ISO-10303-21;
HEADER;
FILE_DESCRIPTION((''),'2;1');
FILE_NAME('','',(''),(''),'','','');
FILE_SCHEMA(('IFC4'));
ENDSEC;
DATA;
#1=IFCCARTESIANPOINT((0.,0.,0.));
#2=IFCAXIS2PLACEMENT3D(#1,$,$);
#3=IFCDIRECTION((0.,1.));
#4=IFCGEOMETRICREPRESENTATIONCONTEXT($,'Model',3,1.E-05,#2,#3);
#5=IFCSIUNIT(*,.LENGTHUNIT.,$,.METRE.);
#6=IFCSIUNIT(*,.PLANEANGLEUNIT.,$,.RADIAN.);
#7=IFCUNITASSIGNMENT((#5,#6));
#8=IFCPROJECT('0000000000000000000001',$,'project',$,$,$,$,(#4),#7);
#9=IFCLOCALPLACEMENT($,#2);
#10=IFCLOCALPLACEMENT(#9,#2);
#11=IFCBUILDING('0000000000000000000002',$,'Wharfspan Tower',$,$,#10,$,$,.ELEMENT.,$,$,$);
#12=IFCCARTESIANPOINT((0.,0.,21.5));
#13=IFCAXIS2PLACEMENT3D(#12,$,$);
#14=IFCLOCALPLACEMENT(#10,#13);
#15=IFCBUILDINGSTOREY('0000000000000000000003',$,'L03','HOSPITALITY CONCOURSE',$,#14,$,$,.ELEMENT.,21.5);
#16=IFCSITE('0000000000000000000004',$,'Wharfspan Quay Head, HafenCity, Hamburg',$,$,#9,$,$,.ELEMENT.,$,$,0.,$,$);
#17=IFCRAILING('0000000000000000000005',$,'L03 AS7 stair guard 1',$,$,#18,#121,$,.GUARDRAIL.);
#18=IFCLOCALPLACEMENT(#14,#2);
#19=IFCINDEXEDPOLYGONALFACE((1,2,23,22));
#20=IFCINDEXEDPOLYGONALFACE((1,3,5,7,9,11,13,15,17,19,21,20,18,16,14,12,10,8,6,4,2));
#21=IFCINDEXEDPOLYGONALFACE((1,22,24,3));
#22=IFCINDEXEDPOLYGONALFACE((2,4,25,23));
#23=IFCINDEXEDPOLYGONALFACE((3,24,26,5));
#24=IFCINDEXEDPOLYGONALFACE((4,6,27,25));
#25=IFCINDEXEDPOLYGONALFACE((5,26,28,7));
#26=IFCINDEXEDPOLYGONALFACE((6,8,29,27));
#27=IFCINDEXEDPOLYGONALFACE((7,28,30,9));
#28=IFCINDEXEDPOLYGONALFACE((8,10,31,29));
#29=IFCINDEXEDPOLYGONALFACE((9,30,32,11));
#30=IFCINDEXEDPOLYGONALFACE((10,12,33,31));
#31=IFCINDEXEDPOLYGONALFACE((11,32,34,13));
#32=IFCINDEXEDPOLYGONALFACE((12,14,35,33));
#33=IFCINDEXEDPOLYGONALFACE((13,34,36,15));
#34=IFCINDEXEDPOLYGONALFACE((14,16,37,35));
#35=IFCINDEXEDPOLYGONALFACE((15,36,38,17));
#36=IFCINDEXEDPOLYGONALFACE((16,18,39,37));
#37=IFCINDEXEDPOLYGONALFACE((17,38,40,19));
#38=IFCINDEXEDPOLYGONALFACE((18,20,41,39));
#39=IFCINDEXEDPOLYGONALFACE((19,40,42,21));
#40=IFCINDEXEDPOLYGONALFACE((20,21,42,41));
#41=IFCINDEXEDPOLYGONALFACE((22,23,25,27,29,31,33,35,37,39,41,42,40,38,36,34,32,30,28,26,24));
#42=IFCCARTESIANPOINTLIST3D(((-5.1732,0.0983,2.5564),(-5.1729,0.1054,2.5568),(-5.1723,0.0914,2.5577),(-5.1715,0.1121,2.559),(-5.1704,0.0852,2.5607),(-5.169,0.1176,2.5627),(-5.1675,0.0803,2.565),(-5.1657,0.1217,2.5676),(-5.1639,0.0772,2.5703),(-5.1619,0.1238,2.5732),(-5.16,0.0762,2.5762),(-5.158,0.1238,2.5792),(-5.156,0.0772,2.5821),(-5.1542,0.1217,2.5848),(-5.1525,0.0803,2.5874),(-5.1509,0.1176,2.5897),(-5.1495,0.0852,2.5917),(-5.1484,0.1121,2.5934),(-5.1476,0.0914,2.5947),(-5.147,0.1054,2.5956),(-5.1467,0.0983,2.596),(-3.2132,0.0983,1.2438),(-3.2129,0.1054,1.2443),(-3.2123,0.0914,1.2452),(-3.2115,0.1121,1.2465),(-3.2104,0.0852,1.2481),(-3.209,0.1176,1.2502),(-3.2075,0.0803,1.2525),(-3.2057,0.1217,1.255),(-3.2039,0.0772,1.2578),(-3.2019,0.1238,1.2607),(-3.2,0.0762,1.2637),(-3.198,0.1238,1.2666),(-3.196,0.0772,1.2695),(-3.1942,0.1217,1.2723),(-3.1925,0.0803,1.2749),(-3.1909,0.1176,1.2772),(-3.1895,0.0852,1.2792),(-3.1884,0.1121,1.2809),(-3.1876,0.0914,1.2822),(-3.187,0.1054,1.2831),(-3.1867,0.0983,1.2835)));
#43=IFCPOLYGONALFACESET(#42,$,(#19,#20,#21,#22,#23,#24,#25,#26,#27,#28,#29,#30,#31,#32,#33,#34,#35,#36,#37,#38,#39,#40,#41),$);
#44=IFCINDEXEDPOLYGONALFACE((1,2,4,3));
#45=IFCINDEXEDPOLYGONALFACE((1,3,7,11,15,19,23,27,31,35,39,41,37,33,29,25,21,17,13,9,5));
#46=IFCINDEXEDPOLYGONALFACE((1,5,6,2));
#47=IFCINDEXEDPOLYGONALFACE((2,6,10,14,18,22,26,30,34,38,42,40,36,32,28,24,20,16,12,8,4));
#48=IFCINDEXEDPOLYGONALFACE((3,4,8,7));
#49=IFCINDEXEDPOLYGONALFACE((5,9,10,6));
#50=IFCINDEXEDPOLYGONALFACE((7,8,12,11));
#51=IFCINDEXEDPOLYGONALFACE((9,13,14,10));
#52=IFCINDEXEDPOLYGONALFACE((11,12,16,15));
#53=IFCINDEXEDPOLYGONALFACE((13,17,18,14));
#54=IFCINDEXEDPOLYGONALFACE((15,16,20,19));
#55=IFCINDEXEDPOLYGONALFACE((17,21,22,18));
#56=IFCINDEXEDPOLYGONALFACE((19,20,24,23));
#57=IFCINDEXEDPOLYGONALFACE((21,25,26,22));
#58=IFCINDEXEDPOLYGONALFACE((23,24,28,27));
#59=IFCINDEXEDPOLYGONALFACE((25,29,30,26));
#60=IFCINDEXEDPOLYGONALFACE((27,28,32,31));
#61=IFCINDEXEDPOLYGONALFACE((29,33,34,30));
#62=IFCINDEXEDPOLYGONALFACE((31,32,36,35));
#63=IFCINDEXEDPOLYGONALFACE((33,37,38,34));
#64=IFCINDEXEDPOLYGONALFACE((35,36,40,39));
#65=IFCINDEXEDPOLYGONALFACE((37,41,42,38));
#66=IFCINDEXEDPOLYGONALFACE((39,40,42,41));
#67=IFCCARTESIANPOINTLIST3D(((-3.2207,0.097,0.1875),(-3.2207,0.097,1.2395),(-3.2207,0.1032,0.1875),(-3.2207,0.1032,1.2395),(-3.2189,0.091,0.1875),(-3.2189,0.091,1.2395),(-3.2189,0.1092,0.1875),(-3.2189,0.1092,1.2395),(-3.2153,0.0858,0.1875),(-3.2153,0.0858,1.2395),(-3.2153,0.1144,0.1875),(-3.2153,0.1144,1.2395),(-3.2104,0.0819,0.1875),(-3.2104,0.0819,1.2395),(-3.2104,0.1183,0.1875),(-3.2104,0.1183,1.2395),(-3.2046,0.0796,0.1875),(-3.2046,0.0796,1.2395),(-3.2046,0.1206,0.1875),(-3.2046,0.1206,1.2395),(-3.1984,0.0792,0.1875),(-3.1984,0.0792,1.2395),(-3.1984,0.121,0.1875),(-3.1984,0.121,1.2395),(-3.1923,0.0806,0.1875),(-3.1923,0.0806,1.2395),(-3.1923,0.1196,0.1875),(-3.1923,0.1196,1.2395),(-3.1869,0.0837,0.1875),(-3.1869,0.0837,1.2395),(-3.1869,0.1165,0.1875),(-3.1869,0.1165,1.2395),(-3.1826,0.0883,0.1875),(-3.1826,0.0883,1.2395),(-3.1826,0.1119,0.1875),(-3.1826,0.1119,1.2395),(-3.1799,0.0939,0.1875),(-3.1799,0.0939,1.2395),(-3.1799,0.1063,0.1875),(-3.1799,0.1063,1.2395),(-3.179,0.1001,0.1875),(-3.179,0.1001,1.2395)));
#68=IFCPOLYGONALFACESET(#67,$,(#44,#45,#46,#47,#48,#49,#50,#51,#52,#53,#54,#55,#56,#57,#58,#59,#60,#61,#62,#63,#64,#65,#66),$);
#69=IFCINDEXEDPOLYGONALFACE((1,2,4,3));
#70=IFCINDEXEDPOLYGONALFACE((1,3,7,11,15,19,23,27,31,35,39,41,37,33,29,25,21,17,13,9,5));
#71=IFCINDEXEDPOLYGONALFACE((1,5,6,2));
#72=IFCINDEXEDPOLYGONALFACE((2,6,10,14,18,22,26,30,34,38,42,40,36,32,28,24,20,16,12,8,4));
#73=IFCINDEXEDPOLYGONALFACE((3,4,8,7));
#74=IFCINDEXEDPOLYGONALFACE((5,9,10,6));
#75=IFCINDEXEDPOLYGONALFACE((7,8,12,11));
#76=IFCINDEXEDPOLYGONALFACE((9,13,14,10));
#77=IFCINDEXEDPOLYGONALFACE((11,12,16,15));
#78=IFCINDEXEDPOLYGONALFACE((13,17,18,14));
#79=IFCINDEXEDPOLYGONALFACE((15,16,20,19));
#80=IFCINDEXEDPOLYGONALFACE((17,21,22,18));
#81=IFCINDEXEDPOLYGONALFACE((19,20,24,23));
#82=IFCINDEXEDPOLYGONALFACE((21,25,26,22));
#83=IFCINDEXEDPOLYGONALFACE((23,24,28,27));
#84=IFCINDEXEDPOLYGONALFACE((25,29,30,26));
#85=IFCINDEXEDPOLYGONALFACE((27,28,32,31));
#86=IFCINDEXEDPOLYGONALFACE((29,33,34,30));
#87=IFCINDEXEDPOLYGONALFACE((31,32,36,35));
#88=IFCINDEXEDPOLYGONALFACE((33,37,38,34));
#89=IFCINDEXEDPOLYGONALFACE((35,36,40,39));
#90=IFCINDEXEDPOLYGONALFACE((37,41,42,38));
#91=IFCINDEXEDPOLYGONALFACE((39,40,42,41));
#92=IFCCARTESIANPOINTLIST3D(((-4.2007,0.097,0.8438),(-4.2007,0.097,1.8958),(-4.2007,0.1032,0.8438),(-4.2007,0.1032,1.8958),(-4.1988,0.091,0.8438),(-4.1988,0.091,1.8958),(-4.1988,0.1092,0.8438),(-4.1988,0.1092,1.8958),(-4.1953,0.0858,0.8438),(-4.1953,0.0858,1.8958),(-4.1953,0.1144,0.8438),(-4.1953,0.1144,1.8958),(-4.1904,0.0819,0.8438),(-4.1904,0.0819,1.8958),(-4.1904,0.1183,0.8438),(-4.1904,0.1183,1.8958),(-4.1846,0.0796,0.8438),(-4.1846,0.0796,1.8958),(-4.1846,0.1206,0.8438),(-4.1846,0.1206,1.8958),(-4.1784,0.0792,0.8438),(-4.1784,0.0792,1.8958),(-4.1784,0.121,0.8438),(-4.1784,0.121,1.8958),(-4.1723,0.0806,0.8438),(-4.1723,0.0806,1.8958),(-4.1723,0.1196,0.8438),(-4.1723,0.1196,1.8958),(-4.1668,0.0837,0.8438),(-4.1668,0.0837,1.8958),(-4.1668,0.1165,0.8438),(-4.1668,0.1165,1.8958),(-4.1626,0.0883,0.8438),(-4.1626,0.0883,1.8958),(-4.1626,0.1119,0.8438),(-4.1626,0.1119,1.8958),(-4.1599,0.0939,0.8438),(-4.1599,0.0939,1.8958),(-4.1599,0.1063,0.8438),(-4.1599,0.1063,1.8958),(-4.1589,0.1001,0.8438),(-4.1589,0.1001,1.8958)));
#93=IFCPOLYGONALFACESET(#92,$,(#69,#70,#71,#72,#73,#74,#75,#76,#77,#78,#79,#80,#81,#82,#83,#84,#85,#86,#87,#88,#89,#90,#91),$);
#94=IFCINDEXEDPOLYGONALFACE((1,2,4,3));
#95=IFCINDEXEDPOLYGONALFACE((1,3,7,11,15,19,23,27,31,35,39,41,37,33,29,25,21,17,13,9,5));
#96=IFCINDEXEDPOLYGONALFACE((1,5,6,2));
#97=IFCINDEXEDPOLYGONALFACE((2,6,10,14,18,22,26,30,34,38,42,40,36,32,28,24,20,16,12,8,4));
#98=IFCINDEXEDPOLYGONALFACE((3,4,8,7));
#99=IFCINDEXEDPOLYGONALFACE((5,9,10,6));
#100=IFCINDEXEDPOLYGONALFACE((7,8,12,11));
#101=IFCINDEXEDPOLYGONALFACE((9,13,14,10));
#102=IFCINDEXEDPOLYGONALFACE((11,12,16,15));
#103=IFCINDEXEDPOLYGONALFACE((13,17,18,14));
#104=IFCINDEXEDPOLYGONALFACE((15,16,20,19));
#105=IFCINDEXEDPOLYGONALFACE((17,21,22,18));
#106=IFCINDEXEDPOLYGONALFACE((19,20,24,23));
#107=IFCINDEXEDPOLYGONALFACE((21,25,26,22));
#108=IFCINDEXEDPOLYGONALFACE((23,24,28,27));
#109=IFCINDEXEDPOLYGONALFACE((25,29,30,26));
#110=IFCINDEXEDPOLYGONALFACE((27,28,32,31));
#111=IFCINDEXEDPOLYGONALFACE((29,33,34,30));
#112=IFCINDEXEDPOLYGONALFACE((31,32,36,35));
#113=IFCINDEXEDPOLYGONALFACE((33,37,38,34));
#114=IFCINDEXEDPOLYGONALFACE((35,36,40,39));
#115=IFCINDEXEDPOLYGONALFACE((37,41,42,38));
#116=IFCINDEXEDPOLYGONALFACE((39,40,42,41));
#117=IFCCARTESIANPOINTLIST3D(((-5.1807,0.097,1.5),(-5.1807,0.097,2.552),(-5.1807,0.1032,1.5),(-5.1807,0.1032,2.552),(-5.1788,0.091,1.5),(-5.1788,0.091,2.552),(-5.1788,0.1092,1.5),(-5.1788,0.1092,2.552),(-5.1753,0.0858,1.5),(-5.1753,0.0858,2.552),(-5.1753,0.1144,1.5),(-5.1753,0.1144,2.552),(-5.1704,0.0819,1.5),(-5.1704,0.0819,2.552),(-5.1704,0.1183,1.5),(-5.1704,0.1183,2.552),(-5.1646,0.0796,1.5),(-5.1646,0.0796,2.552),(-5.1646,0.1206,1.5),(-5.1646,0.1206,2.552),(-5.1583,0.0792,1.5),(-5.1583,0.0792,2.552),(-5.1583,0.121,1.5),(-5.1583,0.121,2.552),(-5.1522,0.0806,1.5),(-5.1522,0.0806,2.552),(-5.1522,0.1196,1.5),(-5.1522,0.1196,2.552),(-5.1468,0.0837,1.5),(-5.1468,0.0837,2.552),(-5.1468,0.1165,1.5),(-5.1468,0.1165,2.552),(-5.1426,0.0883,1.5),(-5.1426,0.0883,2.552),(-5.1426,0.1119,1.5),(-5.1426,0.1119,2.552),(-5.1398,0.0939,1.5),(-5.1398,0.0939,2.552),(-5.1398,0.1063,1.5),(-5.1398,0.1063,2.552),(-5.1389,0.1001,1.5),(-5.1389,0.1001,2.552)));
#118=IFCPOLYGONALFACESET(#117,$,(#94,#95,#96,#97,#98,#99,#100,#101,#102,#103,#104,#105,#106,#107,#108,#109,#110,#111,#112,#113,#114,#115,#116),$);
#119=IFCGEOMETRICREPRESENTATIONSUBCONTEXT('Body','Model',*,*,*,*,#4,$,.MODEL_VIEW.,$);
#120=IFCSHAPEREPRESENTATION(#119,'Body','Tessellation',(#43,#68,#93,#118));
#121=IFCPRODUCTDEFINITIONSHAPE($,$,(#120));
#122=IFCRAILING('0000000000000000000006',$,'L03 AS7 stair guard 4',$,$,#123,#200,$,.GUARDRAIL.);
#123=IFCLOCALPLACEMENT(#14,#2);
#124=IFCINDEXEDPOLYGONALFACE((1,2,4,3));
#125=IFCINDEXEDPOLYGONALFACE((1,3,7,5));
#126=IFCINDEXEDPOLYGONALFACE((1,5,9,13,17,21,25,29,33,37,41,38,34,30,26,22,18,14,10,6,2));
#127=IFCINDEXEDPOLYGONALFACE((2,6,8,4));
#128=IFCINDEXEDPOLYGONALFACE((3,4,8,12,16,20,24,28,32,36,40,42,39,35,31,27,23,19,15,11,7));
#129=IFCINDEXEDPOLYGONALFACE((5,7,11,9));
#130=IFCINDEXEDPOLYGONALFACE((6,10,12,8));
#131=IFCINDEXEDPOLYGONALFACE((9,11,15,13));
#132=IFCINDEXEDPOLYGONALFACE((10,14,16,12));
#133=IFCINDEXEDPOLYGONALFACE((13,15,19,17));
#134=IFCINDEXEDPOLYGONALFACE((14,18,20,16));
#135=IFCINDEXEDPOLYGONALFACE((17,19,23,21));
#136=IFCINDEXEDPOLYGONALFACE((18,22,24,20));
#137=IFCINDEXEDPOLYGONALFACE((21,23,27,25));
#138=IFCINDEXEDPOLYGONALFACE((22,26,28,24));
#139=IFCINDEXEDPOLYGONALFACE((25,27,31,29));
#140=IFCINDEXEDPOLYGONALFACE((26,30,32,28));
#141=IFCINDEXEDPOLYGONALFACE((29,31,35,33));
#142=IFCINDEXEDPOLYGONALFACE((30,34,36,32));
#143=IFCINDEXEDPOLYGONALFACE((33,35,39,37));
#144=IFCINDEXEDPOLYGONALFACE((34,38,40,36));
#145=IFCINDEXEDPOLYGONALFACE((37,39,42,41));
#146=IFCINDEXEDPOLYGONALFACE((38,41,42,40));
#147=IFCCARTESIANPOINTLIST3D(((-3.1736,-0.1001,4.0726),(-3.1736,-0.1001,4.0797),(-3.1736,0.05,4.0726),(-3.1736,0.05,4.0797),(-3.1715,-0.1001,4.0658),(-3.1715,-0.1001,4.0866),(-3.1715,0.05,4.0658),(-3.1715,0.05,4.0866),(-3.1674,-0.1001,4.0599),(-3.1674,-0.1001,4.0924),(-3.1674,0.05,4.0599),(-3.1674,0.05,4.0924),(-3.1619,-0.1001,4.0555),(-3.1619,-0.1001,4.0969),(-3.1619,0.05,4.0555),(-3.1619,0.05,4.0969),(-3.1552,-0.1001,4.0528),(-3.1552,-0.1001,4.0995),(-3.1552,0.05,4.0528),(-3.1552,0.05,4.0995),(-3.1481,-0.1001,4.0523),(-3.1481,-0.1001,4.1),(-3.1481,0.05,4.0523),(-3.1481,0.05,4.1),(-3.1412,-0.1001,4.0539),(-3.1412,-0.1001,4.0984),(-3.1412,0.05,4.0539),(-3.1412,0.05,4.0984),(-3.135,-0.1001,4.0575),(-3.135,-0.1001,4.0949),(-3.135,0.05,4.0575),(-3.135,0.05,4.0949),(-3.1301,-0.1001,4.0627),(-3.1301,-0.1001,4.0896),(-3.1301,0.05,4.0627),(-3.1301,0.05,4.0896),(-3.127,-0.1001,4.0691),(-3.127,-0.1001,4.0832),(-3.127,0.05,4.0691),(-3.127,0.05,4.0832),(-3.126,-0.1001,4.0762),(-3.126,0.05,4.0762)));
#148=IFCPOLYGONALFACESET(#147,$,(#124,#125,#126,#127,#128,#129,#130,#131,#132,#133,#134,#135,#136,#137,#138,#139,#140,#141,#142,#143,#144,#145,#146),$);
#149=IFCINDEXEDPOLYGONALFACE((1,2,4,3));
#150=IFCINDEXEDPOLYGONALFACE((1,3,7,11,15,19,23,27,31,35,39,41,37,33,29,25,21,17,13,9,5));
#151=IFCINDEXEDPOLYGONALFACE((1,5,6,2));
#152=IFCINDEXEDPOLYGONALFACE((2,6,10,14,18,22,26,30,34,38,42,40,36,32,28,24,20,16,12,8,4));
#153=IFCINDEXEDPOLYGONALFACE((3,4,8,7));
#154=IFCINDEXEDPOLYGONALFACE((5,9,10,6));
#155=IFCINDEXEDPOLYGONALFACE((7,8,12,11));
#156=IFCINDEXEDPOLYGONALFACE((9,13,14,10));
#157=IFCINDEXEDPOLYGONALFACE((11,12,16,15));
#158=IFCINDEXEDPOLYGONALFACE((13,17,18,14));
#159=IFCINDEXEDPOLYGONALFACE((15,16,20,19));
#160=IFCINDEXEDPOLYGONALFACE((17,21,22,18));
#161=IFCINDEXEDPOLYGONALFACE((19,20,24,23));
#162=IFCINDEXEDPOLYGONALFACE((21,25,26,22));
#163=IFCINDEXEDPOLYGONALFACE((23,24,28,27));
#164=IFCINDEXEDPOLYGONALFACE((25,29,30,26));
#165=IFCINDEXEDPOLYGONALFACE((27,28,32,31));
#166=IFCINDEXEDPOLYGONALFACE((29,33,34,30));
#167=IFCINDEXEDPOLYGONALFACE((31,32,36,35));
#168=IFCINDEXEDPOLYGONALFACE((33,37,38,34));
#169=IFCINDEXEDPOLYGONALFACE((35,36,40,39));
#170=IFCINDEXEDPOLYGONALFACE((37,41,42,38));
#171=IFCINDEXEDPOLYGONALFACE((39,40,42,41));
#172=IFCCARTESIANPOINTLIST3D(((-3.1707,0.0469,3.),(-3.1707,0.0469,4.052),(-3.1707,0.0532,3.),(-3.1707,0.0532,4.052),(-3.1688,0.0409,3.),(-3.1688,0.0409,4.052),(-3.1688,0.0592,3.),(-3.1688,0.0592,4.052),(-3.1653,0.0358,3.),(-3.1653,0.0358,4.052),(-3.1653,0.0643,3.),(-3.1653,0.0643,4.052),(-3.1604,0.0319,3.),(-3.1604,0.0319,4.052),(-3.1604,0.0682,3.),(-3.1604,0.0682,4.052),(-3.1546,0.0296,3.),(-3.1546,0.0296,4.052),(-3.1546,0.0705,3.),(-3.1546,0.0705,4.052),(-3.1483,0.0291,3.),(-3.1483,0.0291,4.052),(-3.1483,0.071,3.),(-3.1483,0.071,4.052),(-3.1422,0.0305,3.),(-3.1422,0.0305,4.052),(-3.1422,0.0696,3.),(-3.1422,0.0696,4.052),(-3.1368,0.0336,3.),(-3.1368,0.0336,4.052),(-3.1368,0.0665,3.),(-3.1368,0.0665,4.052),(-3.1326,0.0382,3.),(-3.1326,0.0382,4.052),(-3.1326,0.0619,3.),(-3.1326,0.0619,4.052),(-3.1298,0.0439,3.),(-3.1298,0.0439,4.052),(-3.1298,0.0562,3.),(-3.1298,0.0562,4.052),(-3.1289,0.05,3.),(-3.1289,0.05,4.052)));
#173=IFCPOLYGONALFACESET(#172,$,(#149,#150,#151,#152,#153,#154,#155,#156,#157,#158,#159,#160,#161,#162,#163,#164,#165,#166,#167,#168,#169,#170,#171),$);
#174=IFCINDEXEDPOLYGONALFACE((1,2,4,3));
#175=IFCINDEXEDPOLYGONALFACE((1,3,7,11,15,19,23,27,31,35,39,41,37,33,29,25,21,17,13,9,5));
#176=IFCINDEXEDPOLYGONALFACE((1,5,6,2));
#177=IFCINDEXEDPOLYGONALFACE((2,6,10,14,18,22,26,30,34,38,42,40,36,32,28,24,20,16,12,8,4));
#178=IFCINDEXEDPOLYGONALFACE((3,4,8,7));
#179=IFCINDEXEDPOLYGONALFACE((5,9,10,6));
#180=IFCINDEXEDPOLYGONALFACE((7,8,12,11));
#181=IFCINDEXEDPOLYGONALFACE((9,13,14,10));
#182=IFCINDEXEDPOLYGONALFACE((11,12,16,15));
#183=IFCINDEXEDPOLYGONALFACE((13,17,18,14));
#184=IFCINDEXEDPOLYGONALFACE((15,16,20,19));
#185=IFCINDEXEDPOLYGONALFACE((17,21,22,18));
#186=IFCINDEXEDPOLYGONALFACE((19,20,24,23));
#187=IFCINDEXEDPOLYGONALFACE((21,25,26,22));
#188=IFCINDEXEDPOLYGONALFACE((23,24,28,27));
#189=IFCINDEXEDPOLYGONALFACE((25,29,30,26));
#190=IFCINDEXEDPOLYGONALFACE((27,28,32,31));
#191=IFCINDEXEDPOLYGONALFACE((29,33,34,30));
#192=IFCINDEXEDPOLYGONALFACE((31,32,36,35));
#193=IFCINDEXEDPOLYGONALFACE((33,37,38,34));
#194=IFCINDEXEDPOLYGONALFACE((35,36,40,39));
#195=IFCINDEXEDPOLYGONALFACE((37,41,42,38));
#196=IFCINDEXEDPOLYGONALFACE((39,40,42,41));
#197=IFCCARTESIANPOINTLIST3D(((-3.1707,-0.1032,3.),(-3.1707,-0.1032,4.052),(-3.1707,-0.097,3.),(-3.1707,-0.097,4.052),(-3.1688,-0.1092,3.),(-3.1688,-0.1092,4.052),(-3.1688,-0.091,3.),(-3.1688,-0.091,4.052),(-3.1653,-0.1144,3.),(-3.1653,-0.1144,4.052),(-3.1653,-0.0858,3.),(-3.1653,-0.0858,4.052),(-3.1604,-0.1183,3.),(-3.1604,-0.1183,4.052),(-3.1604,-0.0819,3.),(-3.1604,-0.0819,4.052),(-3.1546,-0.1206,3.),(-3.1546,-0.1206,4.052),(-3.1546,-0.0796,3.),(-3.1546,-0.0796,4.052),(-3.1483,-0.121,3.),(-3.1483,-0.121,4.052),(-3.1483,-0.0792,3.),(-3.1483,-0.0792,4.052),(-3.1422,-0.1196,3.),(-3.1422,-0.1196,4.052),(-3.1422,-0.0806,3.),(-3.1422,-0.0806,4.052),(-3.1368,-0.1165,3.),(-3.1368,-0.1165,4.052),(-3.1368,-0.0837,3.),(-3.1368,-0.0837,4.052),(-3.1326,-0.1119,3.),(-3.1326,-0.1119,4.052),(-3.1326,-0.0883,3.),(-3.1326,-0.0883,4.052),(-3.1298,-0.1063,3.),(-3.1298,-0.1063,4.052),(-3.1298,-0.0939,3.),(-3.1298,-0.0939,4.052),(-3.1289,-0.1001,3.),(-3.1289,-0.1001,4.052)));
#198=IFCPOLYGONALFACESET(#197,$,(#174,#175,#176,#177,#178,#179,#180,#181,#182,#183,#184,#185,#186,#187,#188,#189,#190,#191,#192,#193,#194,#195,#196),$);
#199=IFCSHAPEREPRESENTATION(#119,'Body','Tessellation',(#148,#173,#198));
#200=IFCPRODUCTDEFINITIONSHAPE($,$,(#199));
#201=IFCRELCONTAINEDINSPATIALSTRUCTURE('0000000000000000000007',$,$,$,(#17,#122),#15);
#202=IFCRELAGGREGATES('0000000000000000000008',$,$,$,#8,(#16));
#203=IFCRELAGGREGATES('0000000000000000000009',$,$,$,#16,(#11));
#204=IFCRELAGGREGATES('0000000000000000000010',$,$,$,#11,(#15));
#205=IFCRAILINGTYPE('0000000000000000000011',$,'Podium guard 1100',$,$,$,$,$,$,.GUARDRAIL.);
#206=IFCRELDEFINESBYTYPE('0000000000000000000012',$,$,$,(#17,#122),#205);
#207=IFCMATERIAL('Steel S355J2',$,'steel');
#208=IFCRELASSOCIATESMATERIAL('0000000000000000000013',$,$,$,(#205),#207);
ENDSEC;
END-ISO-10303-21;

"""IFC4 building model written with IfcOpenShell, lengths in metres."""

from ifc_helpers import new_model, si_unit, direction, frame, origin, origin_2d, place, context, subcontext, project, spatial, circle, extrude, material, type_object, element, save


model = new_model("IFC4")

# Units and contexts
model_context = context("Model", 3, precision=1e-05, world=origin(), true_north=direction((0.0, 1.0)))
body_context = subcontext(model_context, "Body", "Model", "MODEL_VIEW")
ifc_project = project(units=[si_unit("LENGTHUNIT", "METRE"), si_unit("PLANEANGLEUNIT", "RADIAN")], contexts=[model_context])

# Site, building, storey
site_placement = place(None, origin())
site = spatial("IfcSite", under=ifc_project, at=site_placement, Name="Wharfspan Quay Head, HafenCity, Hamburg", CompositionType="ELEMENT", RefElevation=0.0)
building_placement = place(site_placement, origin())
building = spatial("IfcBuilding", under=site, at=building_placement, Name="Wharfspan Tower", CompositionType="ELEMENT")
storey_placement = place(building_placement, frame((0.0, 0.0, 21.5)))
storey = spatial("IfcBuildingStorey", under=building, at=storey_placement, Name="L03", Description="HOSPITALITY CONCOURSE", CompositionType="ELEMENT", Elevation=21.5)

# Railings
ifc_material_1 = material(Name="Steel S355J2", Category="steel")
railing_type_1 = type_object("IfcRailingType", Name="Podium guard 1100", PredefinedType="GUARDRAIL", material=ifc_material_1)
railing_1_placement = place(storey_placement, frame((-3.2, 0.1001, 0.1875)))
element("IfcRailing", 1, at=railing_1_placement, inside=storey, type_object=railing_type_1, Name="L03 AS7 stair guard 1", PredefinedType="GUARDRAIL", context=body_context, shape_type="SweptSolid", body=[
    extrude(circle(Radius=0.0239, at=origin_2d()), frame((0.0, 0.0, 1.0762), z_axis=(-0.830902, 0.0, 0.556419), x_axis=(0.0, -1.0, 0.0)), (0.0, 0.0, 1.0), 2.3589),
    extrude(circle(Radius=0.021, at=origin_2d()), origin(), (0.0, 0.0, 1.0), 1.052),
    extrude(circle(Radius=0.021, at=origin_2d()), frame((-0.98, 0.0, 0.6562)), (0.0, 0.0, 1.0), 1.052),
    extrude(circle(Radius=0.021, at=origin_2d()), frame((-1.96, 0.0, 1.3125)), (0.0, 0.0, 1.0), 1.052),
])
railing_2_placement = place(storey_placement, frame((-3.1499, 0.05, 3.0)))
element("IfcRailing", 2, at=railing_2_placement, inside=storey, type_object=railing_type_1, Name="L03 AS7 stair guard 4", PredefinedType="GUARDRAIL", context=body_context, shape_type="SweptSolid", body=[
    extrude(circle(Radius=0.0239, at=origin_2d()), frame((0.0, 0.0, 1.0762), z_axis=(0.0, -1.0, 0.0), x_axis=(1.0, 0.0, 0.0)), (0.0, 0.0, 1.0), 0.1501),
    extrude(circle(Radius=0.021, at=origin_2d()), origin(), (0.0, 0.0, 1.0), 1.052),
    extrude(circle(Radius=0.021, at=origin_2d()), frame((0.0, -0.1501, 0.0)), (0.0, 0.0, 1.0), 1.052),
])

save(model, "model.ifc")
